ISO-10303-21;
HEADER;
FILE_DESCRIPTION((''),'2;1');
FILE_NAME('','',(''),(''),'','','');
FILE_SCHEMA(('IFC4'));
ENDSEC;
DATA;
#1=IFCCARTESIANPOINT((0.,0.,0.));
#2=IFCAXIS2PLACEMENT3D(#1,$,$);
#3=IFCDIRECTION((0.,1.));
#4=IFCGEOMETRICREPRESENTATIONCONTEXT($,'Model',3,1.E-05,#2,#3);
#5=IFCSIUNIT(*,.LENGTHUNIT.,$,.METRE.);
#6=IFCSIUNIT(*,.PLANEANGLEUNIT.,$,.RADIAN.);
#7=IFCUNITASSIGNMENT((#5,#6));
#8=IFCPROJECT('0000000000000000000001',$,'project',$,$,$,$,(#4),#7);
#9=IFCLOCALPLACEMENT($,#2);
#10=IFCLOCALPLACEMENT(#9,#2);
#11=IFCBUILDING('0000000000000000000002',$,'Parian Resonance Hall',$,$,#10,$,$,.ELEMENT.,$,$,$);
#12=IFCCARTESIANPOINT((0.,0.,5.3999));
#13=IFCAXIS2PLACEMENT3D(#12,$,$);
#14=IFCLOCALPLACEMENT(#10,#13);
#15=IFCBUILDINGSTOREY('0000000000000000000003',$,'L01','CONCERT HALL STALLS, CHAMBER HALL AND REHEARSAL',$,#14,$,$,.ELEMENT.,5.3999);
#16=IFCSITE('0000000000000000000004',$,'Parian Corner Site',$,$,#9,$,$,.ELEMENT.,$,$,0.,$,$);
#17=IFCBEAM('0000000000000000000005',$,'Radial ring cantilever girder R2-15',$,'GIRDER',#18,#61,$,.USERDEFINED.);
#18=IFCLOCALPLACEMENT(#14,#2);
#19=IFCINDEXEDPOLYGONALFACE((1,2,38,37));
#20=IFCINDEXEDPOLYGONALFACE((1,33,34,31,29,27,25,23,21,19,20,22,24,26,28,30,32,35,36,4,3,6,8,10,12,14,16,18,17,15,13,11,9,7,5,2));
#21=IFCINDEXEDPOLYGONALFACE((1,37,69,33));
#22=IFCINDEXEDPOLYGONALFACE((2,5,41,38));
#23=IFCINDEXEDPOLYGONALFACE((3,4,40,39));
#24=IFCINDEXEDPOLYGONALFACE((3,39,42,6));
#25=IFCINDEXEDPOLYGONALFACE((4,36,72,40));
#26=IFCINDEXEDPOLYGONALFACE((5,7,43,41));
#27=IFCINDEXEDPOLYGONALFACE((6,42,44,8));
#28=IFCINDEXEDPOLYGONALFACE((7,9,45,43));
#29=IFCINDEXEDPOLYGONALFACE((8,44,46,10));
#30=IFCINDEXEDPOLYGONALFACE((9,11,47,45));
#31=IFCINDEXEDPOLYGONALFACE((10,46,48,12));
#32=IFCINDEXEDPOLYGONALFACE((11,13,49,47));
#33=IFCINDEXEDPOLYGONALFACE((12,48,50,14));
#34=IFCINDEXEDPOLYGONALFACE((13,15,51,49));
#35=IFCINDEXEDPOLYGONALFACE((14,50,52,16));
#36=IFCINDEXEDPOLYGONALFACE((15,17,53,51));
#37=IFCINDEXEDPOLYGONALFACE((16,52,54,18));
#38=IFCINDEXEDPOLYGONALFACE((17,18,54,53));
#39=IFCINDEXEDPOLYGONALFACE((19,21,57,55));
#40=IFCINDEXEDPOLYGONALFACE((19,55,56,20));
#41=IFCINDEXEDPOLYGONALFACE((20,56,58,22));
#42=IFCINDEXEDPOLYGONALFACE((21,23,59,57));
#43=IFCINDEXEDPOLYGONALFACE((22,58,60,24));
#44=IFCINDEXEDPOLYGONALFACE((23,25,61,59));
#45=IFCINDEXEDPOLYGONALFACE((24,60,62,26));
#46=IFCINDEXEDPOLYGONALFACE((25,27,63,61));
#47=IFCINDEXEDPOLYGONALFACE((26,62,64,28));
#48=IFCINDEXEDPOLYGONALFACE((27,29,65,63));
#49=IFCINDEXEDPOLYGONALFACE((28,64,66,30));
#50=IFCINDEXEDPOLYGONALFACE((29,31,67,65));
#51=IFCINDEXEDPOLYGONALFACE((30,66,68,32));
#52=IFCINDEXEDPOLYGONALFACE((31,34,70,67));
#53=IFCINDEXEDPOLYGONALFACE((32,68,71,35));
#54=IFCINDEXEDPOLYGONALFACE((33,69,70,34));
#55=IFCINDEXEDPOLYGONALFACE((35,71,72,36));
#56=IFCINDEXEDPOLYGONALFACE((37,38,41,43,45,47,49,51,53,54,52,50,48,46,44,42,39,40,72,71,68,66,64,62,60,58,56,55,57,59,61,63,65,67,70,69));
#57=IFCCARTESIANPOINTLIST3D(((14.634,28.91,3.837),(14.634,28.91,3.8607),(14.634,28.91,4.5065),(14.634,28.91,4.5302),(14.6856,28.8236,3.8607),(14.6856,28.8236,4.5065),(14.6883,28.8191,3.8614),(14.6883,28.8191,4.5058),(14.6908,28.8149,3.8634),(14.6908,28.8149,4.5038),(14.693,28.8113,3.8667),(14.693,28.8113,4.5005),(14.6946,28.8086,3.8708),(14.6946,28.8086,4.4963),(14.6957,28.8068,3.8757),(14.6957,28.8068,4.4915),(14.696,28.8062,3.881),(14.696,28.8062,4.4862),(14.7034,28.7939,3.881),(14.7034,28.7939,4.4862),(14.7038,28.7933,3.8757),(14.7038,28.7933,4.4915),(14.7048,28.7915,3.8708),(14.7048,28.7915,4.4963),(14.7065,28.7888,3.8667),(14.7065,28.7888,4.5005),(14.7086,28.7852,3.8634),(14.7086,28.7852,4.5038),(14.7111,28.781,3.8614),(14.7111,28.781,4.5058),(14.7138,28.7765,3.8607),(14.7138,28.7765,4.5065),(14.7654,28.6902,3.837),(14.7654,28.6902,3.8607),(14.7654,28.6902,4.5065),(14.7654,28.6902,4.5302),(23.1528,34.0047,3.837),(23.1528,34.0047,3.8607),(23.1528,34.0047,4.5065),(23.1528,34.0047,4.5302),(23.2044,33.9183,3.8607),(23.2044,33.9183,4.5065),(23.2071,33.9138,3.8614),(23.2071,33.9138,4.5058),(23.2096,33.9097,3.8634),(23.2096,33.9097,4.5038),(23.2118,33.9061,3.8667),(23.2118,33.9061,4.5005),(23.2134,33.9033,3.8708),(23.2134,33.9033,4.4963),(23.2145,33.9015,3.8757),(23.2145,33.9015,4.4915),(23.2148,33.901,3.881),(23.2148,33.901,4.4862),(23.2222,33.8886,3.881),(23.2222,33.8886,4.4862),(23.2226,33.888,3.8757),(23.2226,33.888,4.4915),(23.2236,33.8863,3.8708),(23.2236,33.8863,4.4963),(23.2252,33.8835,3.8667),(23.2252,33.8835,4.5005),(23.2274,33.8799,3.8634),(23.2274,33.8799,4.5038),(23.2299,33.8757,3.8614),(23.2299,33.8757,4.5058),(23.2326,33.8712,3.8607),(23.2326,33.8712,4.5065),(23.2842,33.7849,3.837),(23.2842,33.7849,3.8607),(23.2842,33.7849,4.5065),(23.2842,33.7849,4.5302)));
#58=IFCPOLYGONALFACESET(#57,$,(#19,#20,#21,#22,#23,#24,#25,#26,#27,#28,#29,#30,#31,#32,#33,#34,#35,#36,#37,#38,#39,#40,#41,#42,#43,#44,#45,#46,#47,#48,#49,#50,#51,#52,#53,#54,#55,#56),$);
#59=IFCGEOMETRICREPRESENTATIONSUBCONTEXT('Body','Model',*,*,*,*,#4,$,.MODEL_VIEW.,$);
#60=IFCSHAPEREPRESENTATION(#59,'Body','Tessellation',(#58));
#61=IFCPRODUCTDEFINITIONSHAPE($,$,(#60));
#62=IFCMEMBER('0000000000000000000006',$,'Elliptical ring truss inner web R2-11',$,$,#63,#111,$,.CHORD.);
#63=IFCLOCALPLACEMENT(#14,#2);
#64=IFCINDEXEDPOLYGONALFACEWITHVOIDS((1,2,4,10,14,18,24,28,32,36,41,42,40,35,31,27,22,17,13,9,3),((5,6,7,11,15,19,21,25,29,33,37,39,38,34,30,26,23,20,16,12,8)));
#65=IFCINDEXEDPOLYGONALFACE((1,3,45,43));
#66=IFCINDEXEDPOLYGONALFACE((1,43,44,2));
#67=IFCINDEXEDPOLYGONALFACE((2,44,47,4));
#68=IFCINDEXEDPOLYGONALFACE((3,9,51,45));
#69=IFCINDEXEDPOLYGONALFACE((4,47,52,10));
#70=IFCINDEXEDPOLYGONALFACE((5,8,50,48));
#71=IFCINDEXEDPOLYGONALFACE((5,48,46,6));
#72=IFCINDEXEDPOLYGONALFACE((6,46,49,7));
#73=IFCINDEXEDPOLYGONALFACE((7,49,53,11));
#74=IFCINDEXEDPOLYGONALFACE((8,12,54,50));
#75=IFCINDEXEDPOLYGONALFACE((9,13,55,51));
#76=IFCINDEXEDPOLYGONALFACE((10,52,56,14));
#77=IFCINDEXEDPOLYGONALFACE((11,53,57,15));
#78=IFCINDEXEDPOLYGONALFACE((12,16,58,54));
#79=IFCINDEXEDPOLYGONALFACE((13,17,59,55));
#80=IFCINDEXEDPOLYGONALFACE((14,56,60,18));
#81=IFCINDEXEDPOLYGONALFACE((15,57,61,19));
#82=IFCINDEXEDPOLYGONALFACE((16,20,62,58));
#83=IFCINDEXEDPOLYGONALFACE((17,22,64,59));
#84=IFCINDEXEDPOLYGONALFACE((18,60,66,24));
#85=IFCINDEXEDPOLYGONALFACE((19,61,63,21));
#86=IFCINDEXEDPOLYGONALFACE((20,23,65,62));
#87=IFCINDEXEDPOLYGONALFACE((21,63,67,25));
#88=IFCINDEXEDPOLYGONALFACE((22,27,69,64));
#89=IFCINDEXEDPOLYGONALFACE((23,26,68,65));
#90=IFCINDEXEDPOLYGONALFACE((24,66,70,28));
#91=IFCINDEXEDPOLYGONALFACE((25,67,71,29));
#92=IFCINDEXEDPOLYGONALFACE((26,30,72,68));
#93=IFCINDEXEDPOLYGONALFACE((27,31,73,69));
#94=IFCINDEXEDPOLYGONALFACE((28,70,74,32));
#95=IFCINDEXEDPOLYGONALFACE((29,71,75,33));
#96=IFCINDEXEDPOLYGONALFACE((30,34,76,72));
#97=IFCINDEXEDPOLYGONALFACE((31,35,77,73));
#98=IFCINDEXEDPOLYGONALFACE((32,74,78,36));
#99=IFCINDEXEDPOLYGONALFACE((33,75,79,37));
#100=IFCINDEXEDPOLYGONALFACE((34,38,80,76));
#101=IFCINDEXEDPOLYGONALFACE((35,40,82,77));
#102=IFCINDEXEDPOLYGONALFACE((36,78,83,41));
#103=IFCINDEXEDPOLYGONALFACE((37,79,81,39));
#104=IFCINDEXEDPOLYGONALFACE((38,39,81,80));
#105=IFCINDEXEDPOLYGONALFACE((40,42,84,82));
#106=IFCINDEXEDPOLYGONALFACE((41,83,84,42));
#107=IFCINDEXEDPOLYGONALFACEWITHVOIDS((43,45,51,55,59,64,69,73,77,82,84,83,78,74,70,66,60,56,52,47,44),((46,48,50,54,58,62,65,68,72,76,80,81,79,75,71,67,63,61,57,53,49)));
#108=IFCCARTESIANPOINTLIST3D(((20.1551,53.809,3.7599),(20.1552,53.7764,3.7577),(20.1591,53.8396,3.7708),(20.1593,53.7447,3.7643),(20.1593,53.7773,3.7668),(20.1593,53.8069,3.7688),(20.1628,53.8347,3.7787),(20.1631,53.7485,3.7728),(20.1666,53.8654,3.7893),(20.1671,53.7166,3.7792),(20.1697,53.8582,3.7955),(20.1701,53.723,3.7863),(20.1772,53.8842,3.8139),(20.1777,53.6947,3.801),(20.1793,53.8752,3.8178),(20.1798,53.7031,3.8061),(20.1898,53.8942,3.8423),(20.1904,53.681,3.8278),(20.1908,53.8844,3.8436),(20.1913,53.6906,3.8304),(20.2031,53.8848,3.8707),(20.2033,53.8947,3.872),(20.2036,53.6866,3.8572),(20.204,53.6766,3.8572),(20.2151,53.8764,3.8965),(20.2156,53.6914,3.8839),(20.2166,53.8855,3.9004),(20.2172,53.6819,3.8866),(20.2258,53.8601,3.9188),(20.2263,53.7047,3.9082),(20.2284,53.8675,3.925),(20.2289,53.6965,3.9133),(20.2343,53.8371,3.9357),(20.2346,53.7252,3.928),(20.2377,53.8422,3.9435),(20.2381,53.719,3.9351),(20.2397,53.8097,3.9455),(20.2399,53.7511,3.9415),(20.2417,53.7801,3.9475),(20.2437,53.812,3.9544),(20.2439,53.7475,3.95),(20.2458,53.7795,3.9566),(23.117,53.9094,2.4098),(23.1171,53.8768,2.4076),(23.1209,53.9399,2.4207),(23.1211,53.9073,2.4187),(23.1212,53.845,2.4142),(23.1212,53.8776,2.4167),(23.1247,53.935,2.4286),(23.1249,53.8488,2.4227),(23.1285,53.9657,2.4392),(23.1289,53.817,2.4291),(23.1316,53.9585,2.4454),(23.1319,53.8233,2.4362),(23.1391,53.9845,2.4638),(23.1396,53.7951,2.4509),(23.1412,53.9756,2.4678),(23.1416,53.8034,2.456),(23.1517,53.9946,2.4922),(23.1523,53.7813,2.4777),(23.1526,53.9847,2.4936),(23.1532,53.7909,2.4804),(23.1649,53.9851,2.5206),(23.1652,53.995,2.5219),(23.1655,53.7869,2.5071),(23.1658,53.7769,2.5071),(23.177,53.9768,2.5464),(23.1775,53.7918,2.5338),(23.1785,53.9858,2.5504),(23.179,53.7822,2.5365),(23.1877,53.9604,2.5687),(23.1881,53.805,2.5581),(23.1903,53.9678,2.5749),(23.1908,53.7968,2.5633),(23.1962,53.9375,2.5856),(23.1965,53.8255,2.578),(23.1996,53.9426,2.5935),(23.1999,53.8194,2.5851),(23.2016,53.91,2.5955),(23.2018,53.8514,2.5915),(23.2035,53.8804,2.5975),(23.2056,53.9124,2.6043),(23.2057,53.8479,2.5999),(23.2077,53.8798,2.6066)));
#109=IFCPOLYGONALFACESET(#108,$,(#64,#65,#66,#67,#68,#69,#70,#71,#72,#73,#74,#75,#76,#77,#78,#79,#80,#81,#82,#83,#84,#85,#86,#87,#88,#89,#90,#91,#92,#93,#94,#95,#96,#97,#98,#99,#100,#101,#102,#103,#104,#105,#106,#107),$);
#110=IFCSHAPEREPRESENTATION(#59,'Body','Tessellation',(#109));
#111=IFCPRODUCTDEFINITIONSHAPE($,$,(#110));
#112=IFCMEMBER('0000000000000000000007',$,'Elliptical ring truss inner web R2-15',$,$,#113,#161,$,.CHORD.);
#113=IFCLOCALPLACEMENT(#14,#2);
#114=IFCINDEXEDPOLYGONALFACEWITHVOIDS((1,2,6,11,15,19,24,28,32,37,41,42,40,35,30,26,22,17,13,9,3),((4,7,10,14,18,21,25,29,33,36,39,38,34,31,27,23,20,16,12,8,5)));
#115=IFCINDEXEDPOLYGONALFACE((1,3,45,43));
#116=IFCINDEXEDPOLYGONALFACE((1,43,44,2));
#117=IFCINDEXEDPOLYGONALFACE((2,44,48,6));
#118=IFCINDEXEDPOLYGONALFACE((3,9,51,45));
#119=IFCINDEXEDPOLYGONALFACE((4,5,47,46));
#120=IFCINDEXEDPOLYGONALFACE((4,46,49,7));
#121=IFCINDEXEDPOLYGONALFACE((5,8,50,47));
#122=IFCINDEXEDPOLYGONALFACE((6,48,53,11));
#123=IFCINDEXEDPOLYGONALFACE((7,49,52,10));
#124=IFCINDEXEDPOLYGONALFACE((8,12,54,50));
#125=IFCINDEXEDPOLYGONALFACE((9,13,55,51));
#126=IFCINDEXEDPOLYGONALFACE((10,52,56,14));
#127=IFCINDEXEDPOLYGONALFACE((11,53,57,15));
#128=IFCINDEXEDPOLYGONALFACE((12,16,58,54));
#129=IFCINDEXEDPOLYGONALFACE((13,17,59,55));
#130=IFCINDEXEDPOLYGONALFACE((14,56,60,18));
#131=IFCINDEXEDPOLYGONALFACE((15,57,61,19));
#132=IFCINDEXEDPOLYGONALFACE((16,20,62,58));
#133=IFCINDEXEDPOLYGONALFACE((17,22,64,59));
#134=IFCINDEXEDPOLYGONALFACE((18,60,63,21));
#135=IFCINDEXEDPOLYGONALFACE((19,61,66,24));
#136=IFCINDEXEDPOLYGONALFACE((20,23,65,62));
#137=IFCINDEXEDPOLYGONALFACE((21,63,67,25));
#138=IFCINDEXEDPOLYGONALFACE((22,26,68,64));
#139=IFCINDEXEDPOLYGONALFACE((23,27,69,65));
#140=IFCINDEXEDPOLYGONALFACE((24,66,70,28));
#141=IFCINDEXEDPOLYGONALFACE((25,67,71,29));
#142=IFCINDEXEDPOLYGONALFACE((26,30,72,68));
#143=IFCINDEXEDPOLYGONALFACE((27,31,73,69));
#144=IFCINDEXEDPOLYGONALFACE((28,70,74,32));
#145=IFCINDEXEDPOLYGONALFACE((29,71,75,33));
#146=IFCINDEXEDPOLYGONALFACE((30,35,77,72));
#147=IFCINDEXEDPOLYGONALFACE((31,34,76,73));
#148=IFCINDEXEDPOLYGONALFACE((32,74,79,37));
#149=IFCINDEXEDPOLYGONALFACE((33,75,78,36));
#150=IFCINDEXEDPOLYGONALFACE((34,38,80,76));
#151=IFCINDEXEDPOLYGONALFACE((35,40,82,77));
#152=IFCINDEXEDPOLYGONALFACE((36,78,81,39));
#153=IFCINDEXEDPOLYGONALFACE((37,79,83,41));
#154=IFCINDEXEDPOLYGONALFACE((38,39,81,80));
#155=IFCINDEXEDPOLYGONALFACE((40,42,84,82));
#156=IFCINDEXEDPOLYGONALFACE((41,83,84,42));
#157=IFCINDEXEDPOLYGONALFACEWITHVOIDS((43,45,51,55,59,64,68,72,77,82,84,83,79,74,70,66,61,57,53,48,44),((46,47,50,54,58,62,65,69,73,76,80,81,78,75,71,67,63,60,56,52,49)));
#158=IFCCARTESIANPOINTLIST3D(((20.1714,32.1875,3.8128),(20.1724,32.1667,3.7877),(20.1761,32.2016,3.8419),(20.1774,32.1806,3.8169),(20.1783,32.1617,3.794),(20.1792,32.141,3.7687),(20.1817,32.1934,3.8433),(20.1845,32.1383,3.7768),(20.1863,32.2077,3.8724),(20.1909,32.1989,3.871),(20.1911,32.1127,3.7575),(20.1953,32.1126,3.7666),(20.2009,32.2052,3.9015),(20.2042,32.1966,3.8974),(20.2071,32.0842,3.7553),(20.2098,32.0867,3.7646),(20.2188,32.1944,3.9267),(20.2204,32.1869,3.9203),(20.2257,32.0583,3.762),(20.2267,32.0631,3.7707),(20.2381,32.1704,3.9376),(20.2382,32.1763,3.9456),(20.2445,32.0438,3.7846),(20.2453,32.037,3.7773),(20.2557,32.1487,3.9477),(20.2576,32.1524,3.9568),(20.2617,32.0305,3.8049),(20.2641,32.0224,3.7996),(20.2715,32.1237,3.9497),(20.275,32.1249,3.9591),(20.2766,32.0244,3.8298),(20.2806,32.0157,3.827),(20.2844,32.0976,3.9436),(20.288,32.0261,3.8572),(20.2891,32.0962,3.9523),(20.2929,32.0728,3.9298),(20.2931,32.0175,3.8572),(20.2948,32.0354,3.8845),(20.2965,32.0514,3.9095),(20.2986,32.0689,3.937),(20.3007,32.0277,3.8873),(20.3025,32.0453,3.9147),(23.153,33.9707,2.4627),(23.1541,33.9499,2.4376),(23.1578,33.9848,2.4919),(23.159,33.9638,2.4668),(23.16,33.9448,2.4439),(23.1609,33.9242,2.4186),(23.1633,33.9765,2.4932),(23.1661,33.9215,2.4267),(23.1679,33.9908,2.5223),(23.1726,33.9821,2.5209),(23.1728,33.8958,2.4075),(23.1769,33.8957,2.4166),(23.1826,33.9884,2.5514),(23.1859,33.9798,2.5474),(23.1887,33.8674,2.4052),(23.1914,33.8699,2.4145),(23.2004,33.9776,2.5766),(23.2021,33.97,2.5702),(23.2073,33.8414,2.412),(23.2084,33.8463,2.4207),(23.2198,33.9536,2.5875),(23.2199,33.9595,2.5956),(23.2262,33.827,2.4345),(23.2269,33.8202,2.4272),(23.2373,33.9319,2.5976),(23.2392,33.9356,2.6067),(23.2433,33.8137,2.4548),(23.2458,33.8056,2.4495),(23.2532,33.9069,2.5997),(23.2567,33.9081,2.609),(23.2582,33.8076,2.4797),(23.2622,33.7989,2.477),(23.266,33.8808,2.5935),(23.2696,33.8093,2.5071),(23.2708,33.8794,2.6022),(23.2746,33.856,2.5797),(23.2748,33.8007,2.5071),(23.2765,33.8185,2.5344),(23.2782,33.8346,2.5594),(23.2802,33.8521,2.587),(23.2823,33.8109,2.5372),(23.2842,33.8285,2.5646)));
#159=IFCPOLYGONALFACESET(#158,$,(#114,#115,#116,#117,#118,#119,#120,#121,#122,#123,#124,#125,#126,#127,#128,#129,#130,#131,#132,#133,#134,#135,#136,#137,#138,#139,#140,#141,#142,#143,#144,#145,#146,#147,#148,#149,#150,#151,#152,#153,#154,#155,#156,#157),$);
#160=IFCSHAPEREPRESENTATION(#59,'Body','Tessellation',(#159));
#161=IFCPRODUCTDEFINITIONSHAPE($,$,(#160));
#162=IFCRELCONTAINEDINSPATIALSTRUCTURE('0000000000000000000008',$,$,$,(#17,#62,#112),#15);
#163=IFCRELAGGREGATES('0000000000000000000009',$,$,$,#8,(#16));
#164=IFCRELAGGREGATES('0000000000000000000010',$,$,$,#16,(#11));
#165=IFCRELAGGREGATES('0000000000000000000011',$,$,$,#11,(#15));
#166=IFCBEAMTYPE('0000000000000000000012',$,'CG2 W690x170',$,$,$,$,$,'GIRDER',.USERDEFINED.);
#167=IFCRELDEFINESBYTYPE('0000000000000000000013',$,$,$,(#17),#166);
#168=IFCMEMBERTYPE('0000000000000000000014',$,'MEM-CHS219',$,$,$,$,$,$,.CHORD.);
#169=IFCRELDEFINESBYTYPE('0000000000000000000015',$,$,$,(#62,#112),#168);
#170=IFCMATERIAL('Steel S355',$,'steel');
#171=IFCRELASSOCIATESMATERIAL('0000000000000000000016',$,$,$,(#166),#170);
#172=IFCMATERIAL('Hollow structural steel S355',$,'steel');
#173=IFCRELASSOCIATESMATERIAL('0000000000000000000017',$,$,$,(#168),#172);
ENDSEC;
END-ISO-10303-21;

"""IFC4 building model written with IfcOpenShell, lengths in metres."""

from ifc_helpers import new_model, si_unit, direction, frame, origin, origin_2d, place, context, subcontext, project, spatial, hollow_circle, i_section, extrude, material, material_profile, profile_set, type_object, element, save


model = new_model("IFC4")

# Units and contexts
model_context = context("Model", 3, precision=1e-05, world=origin(), true_north=direction((0.0, 1.0)))
body_context = subcontext(model_context, "Body", "Model", "MODEL_VIEW")
ifc_project = project(units=[si_unit("LENGTHUNIT", "METRE"), si_unit("PLANEANGLEUNIT", "RADIAN")], contexts=[model_context])

# Site, building, storey
site_placement = place(None, origin())
site = spatial("IfcSite", under=ifc_project, at=site_placement, Name="Parian Corner Site", CompositionType="ELEMENT", RefElevation=0.0)
building_placement = place(site_placement, origin())
building = spatial("IfcBuilding", under=site, at=building_placement, Name="Parian Resonance Hall", CompositionType="ELEMENT")
storey_placement = place(building_placement, frame((0.0, 0.0, 5.3999)))
storey = spatial("IfcBuildingStorey", under=building, at=storey_placement, Name="L01", Description="CONCERT HALL STALLS, CHAMBER HALL AND REHEARSAL", CompositionType="ELEMENT", Elevation=5.3999)

# Beam
ifc_material_1 = material(Name="Steel S355", Category="steel")
ifc_material_profile_1 = material_profile(ifc_material_1, i_section(OverallWidth=0.2561, OverallDepth=0.6931, WebThickness=0.0144, FlangeThickness=0.0237, FilletRadius=0.0203, at=origin_2d()), Name="W690x170")
ifc_profile_set_1 = profile_set([ifc_material_profile_1], Name="Steel S355")
beam_type_1 = type_object("IfcBeamType", Name="CG2 W690x170", ElementType="GIRDER", PredefinedType="USERDEFINED", material=ifc_profile_set_1)
beam_1_placement = place(storey_placement, frame((23.2185, 33.8948, 4.1836), z_axis=(-0.858228, -0.513269, 0.0), x_axis=(0.513269, -0.858228, 0.0)))
element("IfcBeam", 1, at=beam_1_placement, inside=storey, type_object=beam_type_1, Name="Radial ring cantilever girder R2-15", ObjectType="GIRDER", PredefinedType="USERDEFINED", context=body_context, shape_type="SweptSolid", body=[
    extrude(i_section(OverallWidth=0.2561, OverallDepth=0.6931, WebThickness=0.0144, FlangeThickness=0.0237, FilletRadius=0.0203, at=origin_2d()), origin(), (0.0, 0.0, 1.0), 9.926),
])

# Members
ifc_material_2 = material(Name="Hollow structural steel S355", Category="steel")
ifc_material_profile_2 = material_profile(ifc_material_2, hollow_circle(Radius=0.1096, WallThickness=0.01, at=origin_2d()), Name="CHS219.1x10")
ifc_profile_set_2 = profile_set([ifc_material_profile_2], Name="Hollow structural steel S355")
member_type_1 = type_object("IfcMemberType", Name="MEM-CHS219", PredefinedType="CHORD", material=ifc_profile_set_2)
member_1_placement = place(storey_placement, frame((23.1621, 53.8865, 2.5071), z_axis=(-0.909497, -0.030811, 0.414566), x_axis=(0.033858, -0.999427, 0.0)))
element("IfcMember", 2, at=member_1_placement, inside=storey, type_object=member_type_1, Name="Elliptical ring truss inner web R2-11", PredefinedType="CHORD", context=body_context, shape_type="SweptSolid", body=[
    extrude(hollow_circle(Radius=0.1096, WallThickness=0.01, at=origin_2d()), origin(), (0.0, 0.0, 1.0), 3.2566),
])
member_2_placement = place(storey_placement, frame((23.2185, 33.8948, 2.5071), z_axis=(-0.799951, -0.478412, 0.362215), x_axis=(0.513265, -0.85823, 0.0)))
element("IfcMember", 3, at=member_2_placement, inside=storey, type_object=member_type_1, Name="Elliptical ring truss inner web R2-15", PredefinedType="CHORD", context=body_context, shape_type="SweptSolid", body=[
    extrude(hollow_circle(Radius=0.1096, WallThickness=0.01, at=origin_2d()), origin(), (0.0, 0.0, 1.0), 3.7273),
])

save(model, "model.ifc")
